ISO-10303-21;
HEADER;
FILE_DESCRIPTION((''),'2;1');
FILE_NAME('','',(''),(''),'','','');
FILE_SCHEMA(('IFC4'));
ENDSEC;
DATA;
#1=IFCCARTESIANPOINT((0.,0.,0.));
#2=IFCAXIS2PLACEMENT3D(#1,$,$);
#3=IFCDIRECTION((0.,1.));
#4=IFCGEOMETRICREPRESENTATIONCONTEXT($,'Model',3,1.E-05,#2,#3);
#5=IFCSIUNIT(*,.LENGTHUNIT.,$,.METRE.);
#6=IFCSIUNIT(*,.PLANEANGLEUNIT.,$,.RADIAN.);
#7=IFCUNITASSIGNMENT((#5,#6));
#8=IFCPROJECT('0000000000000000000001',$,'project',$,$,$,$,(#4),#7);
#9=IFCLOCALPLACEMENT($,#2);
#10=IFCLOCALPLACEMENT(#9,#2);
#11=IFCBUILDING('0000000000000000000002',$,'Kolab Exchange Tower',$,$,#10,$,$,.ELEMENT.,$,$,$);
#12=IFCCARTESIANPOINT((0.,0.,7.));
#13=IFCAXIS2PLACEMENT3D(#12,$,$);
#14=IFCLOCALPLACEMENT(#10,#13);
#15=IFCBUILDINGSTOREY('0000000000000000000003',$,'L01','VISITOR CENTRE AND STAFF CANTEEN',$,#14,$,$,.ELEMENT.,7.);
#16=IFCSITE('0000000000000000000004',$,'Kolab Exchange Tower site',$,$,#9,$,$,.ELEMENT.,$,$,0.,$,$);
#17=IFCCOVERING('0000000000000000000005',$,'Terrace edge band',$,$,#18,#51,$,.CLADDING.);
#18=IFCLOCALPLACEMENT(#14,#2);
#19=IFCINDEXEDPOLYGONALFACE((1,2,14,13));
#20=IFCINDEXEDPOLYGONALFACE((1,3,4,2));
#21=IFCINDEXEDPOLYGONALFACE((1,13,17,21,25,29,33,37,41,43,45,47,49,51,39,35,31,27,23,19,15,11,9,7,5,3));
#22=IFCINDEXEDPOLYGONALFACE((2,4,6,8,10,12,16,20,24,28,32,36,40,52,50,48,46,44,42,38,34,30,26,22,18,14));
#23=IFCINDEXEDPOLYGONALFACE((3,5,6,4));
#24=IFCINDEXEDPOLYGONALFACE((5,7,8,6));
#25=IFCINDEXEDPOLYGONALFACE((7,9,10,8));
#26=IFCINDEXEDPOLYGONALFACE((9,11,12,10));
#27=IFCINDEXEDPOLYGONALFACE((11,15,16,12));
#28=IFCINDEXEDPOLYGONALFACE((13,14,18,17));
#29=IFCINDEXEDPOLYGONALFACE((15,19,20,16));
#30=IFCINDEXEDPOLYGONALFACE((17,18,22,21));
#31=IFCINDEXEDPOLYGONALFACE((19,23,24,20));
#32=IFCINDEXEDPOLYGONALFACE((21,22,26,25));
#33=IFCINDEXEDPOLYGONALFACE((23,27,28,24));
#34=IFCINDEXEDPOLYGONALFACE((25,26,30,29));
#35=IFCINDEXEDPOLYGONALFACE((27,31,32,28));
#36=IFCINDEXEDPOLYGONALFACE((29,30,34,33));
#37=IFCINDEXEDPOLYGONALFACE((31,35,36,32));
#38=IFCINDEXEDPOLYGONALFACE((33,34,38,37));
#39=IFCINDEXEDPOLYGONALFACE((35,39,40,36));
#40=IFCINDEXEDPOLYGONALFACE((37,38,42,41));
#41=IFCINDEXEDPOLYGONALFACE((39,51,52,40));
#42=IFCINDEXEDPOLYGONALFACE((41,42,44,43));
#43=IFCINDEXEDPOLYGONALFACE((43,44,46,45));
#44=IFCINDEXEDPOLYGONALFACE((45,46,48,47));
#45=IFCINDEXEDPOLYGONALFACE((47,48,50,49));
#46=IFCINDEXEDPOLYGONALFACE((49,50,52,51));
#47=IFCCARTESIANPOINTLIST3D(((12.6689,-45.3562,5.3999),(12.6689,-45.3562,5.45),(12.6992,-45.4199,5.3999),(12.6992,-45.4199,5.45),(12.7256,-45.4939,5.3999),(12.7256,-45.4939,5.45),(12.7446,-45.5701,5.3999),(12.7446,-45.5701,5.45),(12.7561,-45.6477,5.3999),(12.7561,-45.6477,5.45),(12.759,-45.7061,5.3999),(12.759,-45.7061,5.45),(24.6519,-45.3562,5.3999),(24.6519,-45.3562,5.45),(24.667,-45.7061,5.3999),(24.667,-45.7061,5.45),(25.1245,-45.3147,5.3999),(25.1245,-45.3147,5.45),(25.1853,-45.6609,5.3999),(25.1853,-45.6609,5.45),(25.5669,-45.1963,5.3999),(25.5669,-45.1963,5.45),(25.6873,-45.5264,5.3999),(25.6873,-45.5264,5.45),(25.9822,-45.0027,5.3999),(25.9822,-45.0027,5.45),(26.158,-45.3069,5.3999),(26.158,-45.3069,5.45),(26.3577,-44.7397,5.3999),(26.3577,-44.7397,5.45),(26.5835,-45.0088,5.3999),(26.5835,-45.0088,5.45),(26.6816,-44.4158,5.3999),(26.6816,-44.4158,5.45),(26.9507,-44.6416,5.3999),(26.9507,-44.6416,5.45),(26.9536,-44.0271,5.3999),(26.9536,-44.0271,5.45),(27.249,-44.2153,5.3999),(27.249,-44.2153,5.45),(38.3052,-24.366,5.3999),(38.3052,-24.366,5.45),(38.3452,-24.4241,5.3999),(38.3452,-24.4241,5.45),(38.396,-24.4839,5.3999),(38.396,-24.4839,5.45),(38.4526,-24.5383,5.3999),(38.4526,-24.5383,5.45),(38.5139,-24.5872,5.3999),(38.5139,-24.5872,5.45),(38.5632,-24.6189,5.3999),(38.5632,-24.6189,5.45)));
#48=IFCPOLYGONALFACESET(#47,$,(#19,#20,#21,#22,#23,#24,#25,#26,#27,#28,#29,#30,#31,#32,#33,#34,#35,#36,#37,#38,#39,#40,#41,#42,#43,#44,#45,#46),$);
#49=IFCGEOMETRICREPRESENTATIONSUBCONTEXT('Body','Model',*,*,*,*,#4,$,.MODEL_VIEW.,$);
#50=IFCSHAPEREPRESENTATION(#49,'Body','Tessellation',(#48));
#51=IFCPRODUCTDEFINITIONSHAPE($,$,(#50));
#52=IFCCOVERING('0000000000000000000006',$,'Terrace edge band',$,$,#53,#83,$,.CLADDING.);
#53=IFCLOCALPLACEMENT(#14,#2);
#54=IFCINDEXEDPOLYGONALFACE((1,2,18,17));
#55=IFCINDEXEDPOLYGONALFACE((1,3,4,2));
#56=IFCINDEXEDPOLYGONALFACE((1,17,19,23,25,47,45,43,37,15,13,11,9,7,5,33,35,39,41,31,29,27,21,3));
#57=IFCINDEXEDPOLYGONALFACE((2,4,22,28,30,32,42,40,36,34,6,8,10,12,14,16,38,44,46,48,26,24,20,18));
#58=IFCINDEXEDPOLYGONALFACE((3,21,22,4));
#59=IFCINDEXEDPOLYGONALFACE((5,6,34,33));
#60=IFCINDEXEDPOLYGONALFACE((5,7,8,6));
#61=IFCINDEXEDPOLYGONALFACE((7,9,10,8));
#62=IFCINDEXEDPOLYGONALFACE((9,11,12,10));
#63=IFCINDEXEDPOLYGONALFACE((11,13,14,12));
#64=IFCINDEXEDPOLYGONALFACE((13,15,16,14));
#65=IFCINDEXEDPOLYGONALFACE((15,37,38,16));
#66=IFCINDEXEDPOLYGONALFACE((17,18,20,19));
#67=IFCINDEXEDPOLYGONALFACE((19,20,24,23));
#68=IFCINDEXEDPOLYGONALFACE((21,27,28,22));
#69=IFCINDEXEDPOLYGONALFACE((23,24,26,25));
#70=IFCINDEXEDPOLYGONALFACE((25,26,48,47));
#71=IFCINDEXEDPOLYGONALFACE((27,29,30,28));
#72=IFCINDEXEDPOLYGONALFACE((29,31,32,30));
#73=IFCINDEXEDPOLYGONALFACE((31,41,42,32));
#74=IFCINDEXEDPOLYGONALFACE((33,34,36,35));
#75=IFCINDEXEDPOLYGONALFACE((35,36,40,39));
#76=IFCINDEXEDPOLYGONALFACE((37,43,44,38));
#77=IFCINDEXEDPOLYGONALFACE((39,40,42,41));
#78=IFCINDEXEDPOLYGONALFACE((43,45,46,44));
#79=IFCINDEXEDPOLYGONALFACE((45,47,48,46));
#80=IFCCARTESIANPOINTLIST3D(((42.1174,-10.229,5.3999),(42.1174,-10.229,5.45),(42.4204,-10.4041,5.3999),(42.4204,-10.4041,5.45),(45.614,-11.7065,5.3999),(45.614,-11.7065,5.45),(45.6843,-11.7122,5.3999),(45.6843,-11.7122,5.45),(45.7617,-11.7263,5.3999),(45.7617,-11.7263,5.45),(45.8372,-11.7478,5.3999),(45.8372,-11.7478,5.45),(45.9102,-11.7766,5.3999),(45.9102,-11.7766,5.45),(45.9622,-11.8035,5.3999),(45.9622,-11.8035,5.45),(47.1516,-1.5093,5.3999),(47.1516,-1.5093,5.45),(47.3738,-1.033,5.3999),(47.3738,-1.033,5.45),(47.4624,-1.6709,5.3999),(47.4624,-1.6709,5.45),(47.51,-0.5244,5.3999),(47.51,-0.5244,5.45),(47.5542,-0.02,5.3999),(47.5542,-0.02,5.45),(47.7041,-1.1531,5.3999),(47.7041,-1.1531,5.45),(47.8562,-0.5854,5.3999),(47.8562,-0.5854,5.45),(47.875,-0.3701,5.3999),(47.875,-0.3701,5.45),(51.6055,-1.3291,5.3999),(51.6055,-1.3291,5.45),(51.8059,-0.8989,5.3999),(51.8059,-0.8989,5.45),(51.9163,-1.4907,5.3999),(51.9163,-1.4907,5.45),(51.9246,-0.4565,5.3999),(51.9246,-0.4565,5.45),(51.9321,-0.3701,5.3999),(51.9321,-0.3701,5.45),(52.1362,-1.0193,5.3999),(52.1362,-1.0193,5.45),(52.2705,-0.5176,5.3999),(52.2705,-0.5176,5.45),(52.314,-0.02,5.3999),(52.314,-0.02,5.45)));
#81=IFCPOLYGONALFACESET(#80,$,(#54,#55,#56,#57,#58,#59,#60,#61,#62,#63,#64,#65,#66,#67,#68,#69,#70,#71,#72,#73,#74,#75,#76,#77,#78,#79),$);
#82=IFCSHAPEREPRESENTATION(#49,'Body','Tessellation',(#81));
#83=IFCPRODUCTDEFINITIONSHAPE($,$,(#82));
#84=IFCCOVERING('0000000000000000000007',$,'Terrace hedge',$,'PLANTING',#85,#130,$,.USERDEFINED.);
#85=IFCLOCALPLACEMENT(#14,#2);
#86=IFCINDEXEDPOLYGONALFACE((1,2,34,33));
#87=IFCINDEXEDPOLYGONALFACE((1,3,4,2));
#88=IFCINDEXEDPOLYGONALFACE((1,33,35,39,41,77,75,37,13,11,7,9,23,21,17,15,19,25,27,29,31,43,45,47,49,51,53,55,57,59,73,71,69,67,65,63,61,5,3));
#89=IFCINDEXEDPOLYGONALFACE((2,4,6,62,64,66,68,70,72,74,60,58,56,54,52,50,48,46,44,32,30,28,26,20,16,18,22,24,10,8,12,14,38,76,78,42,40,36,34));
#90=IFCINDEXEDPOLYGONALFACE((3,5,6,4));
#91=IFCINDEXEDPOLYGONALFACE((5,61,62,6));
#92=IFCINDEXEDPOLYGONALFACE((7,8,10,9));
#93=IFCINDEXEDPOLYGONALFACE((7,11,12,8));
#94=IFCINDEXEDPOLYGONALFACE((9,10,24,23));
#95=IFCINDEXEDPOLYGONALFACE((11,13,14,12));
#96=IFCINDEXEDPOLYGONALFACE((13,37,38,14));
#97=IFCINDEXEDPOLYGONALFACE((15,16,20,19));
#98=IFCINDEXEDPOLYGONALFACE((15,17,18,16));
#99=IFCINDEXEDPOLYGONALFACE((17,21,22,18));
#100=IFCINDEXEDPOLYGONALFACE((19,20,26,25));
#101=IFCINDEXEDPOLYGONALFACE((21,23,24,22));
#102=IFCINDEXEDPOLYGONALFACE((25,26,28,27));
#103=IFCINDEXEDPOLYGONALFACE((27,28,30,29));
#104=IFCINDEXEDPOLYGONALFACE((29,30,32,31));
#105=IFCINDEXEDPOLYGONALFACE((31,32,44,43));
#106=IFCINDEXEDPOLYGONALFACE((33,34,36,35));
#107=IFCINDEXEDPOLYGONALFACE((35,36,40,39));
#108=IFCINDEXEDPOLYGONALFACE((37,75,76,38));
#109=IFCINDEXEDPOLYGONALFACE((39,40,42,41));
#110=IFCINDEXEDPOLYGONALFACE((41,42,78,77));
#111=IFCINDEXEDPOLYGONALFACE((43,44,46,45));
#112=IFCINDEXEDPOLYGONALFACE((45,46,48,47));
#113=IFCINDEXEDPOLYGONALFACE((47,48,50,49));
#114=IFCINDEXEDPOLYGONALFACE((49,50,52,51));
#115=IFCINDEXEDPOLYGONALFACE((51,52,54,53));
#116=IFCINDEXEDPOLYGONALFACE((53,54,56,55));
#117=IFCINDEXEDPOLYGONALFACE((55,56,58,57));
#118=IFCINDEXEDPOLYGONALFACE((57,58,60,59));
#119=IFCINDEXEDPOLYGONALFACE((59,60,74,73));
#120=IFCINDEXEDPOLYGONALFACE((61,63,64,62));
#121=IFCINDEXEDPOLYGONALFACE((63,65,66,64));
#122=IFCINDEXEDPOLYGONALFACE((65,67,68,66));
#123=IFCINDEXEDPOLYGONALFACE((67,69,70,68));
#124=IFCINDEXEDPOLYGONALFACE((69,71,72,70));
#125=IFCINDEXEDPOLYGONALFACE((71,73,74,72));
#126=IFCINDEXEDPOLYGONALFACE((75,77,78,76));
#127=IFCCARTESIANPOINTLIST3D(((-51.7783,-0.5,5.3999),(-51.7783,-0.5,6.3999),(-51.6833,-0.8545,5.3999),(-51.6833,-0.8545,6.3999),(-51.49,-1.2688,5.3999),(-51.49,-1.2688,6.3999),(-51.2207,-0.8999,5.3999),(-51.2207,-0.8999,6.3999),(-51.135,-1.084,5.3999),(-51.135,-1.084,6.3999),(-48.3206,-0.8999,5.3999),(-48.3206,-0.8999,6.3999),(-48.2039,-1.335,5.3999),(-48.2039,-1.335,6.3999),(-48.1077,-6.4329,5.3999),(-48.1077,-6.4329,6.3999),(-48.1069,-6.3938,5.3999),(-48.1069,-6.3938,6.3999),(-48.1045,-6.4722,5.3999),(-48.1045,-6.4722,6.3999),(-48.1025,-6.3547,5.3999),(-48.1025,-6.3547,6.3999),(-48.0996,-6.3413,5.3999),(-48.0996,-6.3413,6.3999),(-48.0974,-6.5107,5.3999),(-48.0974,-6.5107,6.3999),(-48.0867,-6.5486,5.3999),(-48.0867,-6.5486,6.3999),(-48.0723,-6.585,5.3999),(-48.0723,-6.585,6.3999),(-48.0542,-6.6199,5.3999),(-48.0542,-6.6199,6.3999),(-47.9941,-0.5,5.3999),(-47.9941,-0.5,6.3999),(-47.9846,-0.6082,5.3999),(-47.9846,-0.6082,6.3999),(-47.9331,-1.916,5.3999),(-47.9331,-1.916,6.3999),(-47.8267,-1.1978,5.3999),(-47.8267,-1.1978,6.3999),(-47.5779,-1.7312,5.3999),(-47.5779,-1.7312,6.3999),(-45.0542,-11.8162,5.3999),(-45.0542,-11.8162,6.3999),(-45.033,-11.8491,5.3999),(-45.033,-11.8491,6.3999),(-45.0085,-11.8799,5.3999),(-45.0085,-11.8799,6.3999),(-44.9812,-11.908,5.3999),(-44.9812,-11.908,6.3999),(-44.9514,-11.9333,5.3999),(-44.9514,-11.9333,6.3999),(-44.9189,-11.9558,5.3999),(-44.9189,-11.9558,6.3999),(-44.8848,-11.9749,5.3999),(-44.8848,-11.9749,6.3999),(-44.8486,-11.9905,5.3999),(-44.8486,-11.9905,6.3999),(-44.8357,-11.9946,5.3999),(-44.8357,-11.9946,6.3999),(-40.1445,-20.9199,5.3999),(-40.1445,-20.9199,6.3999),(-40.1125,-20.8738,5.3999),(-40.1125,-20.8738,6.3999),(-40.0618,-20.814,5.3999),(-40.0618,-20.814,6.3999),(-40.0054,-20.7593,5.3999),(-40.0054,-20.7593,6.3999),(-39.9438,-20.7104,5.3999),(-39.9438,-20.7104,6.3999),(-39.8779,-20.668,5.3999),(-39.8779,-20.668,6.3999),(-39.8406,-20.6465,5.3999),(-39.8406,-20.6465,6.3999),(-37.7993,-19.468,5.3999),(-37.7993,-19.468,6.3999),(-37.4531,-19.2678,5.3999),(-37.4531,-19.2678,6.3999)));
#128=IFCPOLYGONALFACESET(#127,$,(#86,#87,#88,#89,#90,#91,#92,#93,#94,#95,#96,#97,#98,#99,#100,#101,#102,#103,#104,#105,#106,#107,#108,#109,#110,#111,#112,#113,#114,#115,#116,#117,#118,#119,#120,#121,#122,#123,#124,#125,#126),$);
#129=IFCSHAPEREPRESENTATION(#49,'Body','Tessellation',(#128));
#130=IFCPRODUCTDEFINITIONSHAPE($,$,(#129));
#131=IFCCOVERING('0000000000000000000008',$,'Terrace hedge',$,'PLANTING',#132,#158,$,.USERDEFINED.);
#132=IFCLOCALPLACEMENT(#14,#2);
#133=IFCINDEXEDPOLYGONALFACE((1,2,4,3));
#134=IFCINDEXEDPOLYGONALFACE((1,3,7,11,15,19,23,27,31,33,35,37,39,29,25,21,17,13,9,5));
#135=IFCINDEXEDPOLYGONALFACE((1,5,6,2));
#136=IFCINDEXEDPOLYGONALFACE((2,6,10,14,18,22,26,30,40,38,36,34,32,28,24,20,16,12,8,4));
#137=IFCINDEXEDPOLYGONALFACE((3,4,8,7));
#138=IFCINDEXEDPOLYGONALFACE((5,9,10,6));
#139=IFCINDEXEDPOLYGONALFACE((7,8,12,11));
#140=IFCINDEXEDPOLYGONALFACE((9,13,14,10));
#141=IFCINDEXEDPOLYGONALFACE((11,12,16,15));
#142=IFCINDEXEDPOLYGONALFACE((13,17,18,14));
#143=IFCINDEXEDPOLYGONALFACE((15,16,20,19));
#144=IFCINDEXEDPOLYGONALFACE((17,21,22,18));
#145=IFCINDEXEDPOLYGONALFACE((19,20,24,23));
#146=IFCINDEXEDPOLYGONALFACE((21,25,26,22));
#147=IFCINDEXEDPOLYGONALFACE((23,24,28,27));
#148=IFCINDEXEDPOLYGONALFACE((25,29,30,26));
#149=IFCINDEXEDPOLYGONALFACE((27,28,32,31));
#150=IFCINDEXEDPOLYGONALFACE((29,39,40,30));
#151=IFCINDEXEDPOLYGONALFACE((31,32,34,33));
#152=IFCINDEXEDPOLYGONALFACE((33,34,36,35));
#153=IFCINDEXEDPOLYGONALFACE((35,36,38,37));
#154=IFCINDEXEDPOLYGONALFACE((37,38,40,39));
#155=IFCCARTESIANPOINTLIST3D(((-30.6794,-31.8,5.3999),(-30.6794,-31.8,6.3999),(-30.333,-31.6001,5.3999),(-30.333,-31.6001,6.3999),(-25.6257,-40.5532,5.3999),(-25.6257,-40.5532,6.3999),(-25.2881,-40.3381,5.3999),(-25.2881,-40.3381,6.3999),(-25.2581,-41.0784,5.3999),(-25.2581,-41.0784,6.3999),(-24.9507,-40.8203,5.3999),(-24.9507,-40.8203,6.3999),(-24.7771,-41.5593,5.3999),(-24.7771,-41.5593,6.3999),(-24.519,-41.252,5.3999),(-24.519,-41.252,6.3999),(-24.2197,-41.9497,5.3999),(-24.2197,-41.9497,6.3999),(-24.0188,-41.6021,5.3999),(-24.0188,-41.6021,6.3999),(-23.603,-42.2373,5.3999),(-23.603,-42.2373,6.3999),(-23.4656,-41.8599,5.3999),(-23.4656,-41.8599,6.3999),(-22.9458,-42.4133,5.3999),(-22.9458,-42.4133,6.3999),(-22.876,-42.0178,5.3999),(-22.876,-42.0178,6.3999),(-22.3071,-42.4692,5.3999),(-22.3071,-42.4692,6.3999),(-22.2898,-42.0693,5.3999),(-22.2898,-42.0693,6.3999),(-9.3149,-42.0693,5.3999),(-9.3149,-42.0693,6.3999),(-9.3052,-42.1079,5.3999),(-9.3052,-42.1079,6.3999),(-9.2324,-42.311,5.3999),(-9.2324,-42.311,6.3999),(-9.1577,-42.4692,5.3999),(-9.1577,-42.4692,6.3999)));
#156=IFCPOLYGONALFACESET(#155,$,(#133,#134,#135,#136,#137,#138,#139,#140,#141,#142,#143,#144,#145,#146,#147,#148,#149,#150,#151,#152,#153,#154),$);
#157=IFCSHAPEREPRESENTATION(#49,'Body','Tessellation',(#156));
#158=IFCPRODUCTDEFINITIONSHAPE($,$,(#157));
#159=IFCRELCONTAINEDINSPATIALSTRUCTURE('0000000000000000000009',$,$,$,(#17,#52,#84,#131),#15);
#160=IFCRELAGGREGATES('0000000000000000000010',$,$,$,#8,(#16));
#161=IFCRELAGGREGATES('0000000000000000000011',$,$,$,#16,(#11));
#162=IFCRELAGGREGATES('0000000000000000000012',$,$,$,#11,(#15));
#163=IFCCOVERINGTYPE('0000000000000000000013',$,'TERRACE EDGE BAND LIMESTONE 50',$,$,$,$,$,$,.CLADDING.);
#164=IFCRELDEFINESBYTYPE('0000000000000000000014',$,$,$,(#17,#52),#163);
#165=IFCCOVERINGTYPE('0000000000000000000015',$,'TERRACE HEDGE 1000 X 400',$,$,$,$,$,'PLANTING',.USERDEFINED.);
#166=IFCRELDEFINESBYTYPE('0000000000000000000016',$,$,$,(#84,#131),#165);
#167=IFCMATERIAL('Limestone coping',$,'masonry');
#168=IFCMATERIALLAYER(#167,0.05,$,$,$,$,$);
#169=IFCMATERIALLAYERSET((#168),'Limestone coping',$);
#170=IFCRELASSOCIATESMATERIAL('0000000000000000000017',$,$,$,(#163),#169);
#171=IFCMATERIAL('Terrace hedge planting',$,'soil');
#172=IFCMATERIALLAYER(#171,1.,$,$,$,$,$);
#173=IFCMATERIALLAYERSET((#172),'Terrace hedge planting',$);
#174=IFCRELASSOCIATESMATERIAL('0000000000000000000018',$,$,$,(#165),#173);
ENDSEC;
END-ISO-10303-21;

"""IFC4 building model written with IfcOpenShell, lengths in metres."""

from ifc_helpers import new_model, si_unit, direction, frame, origin, place, context, subcontext, project, spatial, polyline, outline, extrude, material, layer, layer_set, type_object, element, save


model = new_model("IFC4")

# Units and contexts
model_context = context("Model", 3, precision=1e-05, world=origin(), true_north=direction((0.0, 1.0)))
body_context = subcontext(model_context, "Body", "Model", "MODEL_VIEW")
ifc_project = project(units=[si_unit("LENGTHUNIT", "METRE"), si_unit("PLANEANGLEUNIT", "RADIAN")], contexts=[model_context])

# Site, building, storey
site_placement = place(None, origin())
site = spatial("IfcSite", under=ifc_project, at=site_placement, Name="Kolab Exchange Tower site", CompositionType="ELEMENT", RefElevation=0.0)
building_placement = place(site_placement, origin())
building = spatial("IfcBuilding", under=site, at=building_placement, Name="Kolab Exchange Tower", CompositionType="ELEMENT")
storey_placement = place(building_placement, frame((0.0, 0.0, 7.0)))
storey = spatial("IfcBuildingStorey", under=building, at=storey_placement, Name="L01", Description="VISITOR CENTRE AND STAFF CANTEEN", CompositionType="ELEMENT", Elevation=7.0)

# Coverings
ifc_material_1 = material(Name="Limestone coping", Category="masonry")
ifc_layer_1 = layer(ifc_material_1, 0.05)
ifc_layer_set_1 = layer_set([ifc_layer_1], Name="Limestone coping")
covering_type_1 = type_object("IfcCoveringType", Name="TERRACE EDGE BAND LIMESTONE 50", PredefinedType="CLADDING", material=ifc_layer_set_1)
covering_1_placement = place(storey_placement, frame((0.0, 0.0, 5.3999)))
element("IfcCovering", 1, at=covering_1_placement, inside=storey, type_object=covering_type_1, Name="Terrace edge band", PredefinedType="CLADDING", context=body_context, shape_type="SweptSolid", body=[
    extrude(outline(polyline([(26.5835, -45.0088), (26.158, -45.3069), (25.6873, -45.5264), (25.1853, -45.6609), (24.667, -45.7061), (12.759, -45.7061), (12.7561, -45.6477), (12.7446, -45.5701), (12.7256, -45.4939), (12.6992, -45.4199), (12.6689, -45.3562), (24.6519, -45.3562), (25.1245, -45.3147), (25.5669, -45.1963), (25.9822, -45.0027), (26.3577, -44.7397), (26.6816, -44.4158), (26.9536, -44.0271), (38.3052, -24.366), (38.3452, -24.4241), (38.396, -24.4839), (38.4526, -24.5383), (38.5139, -24.5872), (38.5632, -24.6189), (27.249, -44.2153), (26.9507, -44.6416), (26.5835, -45.0088)])), origin(), (0.0, 0.0, 1.0), 0.05),
])
covering_2_placement = place(storey_placement, frame((0.0, 0.0, 5.3999)))
element("IfcCovering", 2, at=covering_2_placement, inside=storey, type_object=covering_type_1, Name="Terrace edge band", PredefinedType="CLADDING", context=body_context, shape_type="SweptSolid", body=[
    extrude(outline(polyline([(47.1516, -1.5093), (47.3738, -1.033), (47.51, -0.5244), (47.5542, -0.02), (52.314, -0.02), (52.2705, -0.5176), (52.1362, -1.0193), (51.9163, -1.4907), (45.9622, -11.8035), (45.9102, -11.7766), (45.8372, -11.7478), (45.7617, -11.7263), (45.6843, -11.7122), (45.614, -11.7065), (51.6055, -1.3291), (51.8059, -0.8989), (51.9246, -0.4565), (51.9321, -0.3701), (47.875, -0.3701), (47.8562, -0.5854), (47.7041, -1.1531), (47.4624, -1.6709), (42.4204, -10.4041), (42.1174, -10.229), (47.1516, -1.5093)])), origin(), (0.0, 0.0, 1.0), 0.05),
])
ifc_material_2 = material(Name="Terrace hedge planting", Category="soil")
ifc_layer_2 = layer(ifc_material_2, 1.0)
ifc_layer_set_2 = layer_set([ifc_layer_2], Name="Terrace hedge planting")
covering_type_2 = type_object("IfcCoveringType", Name="TERRACE HEDGE 1000 X 400", ElementType="PLANTING", PredefinedType="USERDEFINED", material=ifc_layer_set_2)
covering_3_placement = place(storey_placement, frame((0.0, 0.0, 5.3999)))
element("IfcCovering", 3, at=covering_3_placement, inside=storey, type_object=covering_type_2, Name="Terrace hedge", ObjectType="PLANTING", PredefinedType="USERDEFINED", context=body_context, shape_type="SweptSolid", body=[
    extrude(outline(polyline([(-47.9846, -0.6082), (-47.8267, -1.1978), (-47.5779, -1.7312), (-37.4531, -19.2678), (-37.7993, -19.468), (-47.9331, -1.916), (-48.2039, -1.335), (-48.3206, -0.8999), (-51.2207, -0.8999), (-51.135, -1.084), (-48.0996, -6.3413), (-48.1025, -6.3547), (-48.1069, -6.3938), (-48.1077, -6.4329), (-48.1045, -6.4722), (-48.0974, -6.5107), (-48.0867, -6.5486), (-48.0723, -6.585), (-48.0542, -6.6199), (-45.0542, -11.8162), (-45.033, -11.8491), (-45.0085, -11.8799), (-44.9812, -11.908), (-44.9514, -11.9333), (-44.9189, -11.9558), (-44.8848, -11.9749), (-44.8486, -11.9905), (-44.8357, -11.9946), (-39.8406, -20.6465), (-39.8779, -20.668), (-39.9438, -20.7104), (-40.0054, -20.7593), (-40.0618, -20.814), (-40.1125, -20.8738), (-40.1445, -20.9199), (-51.49, -1.2688), (-51.6833, -0.8545), (-51.7783, -0.5), (-47.9941, -0.5), (-47.9846, -0.6082)])), origin(), (0.0, 0.0, 1.0), 1.0),
])
covering_4_placement = place(storey_placement, frame((0.0, 0.0, 5.3999)))
element("IfcCovering", 4, at=covering_4_placement, inside=storey, type_object=covering_type_2, Name="Terrace hedge", ObjectType="PLANTING", PredefinedType="USERDEFINED", context=body_context, shape_type="SweptSolid", body=[
    extrude(outline(polyline([(-25.2881, -40.3381), (-24.9507, -40.8203), (-24.519, -41.252), (-24.0188, -41.6021), (-23.4656, -41.8599), (-22.876, -42.0178), (-22.2898, -42.0693), (-9.3149, -42.0693), (-9.3052, -42.1079), (-9.2324, -42.311), (-9.1577, -42.4692), (-22.3071, -42.4692), (-22.9458, -42.4133), (-23.603, -42.2373), (-24.2197, -41.9497), (-24.7771, -41.5593), (-25.2581, -41.0784), (-25.6257, -40.5532), (-30.6794, -31.8), (-30.333, -31.6001), (-25.2881, -40.3381)])), origin(), (0.0, 0.0, 1.0), 1.0),
])

save(model, "model.ifc")
